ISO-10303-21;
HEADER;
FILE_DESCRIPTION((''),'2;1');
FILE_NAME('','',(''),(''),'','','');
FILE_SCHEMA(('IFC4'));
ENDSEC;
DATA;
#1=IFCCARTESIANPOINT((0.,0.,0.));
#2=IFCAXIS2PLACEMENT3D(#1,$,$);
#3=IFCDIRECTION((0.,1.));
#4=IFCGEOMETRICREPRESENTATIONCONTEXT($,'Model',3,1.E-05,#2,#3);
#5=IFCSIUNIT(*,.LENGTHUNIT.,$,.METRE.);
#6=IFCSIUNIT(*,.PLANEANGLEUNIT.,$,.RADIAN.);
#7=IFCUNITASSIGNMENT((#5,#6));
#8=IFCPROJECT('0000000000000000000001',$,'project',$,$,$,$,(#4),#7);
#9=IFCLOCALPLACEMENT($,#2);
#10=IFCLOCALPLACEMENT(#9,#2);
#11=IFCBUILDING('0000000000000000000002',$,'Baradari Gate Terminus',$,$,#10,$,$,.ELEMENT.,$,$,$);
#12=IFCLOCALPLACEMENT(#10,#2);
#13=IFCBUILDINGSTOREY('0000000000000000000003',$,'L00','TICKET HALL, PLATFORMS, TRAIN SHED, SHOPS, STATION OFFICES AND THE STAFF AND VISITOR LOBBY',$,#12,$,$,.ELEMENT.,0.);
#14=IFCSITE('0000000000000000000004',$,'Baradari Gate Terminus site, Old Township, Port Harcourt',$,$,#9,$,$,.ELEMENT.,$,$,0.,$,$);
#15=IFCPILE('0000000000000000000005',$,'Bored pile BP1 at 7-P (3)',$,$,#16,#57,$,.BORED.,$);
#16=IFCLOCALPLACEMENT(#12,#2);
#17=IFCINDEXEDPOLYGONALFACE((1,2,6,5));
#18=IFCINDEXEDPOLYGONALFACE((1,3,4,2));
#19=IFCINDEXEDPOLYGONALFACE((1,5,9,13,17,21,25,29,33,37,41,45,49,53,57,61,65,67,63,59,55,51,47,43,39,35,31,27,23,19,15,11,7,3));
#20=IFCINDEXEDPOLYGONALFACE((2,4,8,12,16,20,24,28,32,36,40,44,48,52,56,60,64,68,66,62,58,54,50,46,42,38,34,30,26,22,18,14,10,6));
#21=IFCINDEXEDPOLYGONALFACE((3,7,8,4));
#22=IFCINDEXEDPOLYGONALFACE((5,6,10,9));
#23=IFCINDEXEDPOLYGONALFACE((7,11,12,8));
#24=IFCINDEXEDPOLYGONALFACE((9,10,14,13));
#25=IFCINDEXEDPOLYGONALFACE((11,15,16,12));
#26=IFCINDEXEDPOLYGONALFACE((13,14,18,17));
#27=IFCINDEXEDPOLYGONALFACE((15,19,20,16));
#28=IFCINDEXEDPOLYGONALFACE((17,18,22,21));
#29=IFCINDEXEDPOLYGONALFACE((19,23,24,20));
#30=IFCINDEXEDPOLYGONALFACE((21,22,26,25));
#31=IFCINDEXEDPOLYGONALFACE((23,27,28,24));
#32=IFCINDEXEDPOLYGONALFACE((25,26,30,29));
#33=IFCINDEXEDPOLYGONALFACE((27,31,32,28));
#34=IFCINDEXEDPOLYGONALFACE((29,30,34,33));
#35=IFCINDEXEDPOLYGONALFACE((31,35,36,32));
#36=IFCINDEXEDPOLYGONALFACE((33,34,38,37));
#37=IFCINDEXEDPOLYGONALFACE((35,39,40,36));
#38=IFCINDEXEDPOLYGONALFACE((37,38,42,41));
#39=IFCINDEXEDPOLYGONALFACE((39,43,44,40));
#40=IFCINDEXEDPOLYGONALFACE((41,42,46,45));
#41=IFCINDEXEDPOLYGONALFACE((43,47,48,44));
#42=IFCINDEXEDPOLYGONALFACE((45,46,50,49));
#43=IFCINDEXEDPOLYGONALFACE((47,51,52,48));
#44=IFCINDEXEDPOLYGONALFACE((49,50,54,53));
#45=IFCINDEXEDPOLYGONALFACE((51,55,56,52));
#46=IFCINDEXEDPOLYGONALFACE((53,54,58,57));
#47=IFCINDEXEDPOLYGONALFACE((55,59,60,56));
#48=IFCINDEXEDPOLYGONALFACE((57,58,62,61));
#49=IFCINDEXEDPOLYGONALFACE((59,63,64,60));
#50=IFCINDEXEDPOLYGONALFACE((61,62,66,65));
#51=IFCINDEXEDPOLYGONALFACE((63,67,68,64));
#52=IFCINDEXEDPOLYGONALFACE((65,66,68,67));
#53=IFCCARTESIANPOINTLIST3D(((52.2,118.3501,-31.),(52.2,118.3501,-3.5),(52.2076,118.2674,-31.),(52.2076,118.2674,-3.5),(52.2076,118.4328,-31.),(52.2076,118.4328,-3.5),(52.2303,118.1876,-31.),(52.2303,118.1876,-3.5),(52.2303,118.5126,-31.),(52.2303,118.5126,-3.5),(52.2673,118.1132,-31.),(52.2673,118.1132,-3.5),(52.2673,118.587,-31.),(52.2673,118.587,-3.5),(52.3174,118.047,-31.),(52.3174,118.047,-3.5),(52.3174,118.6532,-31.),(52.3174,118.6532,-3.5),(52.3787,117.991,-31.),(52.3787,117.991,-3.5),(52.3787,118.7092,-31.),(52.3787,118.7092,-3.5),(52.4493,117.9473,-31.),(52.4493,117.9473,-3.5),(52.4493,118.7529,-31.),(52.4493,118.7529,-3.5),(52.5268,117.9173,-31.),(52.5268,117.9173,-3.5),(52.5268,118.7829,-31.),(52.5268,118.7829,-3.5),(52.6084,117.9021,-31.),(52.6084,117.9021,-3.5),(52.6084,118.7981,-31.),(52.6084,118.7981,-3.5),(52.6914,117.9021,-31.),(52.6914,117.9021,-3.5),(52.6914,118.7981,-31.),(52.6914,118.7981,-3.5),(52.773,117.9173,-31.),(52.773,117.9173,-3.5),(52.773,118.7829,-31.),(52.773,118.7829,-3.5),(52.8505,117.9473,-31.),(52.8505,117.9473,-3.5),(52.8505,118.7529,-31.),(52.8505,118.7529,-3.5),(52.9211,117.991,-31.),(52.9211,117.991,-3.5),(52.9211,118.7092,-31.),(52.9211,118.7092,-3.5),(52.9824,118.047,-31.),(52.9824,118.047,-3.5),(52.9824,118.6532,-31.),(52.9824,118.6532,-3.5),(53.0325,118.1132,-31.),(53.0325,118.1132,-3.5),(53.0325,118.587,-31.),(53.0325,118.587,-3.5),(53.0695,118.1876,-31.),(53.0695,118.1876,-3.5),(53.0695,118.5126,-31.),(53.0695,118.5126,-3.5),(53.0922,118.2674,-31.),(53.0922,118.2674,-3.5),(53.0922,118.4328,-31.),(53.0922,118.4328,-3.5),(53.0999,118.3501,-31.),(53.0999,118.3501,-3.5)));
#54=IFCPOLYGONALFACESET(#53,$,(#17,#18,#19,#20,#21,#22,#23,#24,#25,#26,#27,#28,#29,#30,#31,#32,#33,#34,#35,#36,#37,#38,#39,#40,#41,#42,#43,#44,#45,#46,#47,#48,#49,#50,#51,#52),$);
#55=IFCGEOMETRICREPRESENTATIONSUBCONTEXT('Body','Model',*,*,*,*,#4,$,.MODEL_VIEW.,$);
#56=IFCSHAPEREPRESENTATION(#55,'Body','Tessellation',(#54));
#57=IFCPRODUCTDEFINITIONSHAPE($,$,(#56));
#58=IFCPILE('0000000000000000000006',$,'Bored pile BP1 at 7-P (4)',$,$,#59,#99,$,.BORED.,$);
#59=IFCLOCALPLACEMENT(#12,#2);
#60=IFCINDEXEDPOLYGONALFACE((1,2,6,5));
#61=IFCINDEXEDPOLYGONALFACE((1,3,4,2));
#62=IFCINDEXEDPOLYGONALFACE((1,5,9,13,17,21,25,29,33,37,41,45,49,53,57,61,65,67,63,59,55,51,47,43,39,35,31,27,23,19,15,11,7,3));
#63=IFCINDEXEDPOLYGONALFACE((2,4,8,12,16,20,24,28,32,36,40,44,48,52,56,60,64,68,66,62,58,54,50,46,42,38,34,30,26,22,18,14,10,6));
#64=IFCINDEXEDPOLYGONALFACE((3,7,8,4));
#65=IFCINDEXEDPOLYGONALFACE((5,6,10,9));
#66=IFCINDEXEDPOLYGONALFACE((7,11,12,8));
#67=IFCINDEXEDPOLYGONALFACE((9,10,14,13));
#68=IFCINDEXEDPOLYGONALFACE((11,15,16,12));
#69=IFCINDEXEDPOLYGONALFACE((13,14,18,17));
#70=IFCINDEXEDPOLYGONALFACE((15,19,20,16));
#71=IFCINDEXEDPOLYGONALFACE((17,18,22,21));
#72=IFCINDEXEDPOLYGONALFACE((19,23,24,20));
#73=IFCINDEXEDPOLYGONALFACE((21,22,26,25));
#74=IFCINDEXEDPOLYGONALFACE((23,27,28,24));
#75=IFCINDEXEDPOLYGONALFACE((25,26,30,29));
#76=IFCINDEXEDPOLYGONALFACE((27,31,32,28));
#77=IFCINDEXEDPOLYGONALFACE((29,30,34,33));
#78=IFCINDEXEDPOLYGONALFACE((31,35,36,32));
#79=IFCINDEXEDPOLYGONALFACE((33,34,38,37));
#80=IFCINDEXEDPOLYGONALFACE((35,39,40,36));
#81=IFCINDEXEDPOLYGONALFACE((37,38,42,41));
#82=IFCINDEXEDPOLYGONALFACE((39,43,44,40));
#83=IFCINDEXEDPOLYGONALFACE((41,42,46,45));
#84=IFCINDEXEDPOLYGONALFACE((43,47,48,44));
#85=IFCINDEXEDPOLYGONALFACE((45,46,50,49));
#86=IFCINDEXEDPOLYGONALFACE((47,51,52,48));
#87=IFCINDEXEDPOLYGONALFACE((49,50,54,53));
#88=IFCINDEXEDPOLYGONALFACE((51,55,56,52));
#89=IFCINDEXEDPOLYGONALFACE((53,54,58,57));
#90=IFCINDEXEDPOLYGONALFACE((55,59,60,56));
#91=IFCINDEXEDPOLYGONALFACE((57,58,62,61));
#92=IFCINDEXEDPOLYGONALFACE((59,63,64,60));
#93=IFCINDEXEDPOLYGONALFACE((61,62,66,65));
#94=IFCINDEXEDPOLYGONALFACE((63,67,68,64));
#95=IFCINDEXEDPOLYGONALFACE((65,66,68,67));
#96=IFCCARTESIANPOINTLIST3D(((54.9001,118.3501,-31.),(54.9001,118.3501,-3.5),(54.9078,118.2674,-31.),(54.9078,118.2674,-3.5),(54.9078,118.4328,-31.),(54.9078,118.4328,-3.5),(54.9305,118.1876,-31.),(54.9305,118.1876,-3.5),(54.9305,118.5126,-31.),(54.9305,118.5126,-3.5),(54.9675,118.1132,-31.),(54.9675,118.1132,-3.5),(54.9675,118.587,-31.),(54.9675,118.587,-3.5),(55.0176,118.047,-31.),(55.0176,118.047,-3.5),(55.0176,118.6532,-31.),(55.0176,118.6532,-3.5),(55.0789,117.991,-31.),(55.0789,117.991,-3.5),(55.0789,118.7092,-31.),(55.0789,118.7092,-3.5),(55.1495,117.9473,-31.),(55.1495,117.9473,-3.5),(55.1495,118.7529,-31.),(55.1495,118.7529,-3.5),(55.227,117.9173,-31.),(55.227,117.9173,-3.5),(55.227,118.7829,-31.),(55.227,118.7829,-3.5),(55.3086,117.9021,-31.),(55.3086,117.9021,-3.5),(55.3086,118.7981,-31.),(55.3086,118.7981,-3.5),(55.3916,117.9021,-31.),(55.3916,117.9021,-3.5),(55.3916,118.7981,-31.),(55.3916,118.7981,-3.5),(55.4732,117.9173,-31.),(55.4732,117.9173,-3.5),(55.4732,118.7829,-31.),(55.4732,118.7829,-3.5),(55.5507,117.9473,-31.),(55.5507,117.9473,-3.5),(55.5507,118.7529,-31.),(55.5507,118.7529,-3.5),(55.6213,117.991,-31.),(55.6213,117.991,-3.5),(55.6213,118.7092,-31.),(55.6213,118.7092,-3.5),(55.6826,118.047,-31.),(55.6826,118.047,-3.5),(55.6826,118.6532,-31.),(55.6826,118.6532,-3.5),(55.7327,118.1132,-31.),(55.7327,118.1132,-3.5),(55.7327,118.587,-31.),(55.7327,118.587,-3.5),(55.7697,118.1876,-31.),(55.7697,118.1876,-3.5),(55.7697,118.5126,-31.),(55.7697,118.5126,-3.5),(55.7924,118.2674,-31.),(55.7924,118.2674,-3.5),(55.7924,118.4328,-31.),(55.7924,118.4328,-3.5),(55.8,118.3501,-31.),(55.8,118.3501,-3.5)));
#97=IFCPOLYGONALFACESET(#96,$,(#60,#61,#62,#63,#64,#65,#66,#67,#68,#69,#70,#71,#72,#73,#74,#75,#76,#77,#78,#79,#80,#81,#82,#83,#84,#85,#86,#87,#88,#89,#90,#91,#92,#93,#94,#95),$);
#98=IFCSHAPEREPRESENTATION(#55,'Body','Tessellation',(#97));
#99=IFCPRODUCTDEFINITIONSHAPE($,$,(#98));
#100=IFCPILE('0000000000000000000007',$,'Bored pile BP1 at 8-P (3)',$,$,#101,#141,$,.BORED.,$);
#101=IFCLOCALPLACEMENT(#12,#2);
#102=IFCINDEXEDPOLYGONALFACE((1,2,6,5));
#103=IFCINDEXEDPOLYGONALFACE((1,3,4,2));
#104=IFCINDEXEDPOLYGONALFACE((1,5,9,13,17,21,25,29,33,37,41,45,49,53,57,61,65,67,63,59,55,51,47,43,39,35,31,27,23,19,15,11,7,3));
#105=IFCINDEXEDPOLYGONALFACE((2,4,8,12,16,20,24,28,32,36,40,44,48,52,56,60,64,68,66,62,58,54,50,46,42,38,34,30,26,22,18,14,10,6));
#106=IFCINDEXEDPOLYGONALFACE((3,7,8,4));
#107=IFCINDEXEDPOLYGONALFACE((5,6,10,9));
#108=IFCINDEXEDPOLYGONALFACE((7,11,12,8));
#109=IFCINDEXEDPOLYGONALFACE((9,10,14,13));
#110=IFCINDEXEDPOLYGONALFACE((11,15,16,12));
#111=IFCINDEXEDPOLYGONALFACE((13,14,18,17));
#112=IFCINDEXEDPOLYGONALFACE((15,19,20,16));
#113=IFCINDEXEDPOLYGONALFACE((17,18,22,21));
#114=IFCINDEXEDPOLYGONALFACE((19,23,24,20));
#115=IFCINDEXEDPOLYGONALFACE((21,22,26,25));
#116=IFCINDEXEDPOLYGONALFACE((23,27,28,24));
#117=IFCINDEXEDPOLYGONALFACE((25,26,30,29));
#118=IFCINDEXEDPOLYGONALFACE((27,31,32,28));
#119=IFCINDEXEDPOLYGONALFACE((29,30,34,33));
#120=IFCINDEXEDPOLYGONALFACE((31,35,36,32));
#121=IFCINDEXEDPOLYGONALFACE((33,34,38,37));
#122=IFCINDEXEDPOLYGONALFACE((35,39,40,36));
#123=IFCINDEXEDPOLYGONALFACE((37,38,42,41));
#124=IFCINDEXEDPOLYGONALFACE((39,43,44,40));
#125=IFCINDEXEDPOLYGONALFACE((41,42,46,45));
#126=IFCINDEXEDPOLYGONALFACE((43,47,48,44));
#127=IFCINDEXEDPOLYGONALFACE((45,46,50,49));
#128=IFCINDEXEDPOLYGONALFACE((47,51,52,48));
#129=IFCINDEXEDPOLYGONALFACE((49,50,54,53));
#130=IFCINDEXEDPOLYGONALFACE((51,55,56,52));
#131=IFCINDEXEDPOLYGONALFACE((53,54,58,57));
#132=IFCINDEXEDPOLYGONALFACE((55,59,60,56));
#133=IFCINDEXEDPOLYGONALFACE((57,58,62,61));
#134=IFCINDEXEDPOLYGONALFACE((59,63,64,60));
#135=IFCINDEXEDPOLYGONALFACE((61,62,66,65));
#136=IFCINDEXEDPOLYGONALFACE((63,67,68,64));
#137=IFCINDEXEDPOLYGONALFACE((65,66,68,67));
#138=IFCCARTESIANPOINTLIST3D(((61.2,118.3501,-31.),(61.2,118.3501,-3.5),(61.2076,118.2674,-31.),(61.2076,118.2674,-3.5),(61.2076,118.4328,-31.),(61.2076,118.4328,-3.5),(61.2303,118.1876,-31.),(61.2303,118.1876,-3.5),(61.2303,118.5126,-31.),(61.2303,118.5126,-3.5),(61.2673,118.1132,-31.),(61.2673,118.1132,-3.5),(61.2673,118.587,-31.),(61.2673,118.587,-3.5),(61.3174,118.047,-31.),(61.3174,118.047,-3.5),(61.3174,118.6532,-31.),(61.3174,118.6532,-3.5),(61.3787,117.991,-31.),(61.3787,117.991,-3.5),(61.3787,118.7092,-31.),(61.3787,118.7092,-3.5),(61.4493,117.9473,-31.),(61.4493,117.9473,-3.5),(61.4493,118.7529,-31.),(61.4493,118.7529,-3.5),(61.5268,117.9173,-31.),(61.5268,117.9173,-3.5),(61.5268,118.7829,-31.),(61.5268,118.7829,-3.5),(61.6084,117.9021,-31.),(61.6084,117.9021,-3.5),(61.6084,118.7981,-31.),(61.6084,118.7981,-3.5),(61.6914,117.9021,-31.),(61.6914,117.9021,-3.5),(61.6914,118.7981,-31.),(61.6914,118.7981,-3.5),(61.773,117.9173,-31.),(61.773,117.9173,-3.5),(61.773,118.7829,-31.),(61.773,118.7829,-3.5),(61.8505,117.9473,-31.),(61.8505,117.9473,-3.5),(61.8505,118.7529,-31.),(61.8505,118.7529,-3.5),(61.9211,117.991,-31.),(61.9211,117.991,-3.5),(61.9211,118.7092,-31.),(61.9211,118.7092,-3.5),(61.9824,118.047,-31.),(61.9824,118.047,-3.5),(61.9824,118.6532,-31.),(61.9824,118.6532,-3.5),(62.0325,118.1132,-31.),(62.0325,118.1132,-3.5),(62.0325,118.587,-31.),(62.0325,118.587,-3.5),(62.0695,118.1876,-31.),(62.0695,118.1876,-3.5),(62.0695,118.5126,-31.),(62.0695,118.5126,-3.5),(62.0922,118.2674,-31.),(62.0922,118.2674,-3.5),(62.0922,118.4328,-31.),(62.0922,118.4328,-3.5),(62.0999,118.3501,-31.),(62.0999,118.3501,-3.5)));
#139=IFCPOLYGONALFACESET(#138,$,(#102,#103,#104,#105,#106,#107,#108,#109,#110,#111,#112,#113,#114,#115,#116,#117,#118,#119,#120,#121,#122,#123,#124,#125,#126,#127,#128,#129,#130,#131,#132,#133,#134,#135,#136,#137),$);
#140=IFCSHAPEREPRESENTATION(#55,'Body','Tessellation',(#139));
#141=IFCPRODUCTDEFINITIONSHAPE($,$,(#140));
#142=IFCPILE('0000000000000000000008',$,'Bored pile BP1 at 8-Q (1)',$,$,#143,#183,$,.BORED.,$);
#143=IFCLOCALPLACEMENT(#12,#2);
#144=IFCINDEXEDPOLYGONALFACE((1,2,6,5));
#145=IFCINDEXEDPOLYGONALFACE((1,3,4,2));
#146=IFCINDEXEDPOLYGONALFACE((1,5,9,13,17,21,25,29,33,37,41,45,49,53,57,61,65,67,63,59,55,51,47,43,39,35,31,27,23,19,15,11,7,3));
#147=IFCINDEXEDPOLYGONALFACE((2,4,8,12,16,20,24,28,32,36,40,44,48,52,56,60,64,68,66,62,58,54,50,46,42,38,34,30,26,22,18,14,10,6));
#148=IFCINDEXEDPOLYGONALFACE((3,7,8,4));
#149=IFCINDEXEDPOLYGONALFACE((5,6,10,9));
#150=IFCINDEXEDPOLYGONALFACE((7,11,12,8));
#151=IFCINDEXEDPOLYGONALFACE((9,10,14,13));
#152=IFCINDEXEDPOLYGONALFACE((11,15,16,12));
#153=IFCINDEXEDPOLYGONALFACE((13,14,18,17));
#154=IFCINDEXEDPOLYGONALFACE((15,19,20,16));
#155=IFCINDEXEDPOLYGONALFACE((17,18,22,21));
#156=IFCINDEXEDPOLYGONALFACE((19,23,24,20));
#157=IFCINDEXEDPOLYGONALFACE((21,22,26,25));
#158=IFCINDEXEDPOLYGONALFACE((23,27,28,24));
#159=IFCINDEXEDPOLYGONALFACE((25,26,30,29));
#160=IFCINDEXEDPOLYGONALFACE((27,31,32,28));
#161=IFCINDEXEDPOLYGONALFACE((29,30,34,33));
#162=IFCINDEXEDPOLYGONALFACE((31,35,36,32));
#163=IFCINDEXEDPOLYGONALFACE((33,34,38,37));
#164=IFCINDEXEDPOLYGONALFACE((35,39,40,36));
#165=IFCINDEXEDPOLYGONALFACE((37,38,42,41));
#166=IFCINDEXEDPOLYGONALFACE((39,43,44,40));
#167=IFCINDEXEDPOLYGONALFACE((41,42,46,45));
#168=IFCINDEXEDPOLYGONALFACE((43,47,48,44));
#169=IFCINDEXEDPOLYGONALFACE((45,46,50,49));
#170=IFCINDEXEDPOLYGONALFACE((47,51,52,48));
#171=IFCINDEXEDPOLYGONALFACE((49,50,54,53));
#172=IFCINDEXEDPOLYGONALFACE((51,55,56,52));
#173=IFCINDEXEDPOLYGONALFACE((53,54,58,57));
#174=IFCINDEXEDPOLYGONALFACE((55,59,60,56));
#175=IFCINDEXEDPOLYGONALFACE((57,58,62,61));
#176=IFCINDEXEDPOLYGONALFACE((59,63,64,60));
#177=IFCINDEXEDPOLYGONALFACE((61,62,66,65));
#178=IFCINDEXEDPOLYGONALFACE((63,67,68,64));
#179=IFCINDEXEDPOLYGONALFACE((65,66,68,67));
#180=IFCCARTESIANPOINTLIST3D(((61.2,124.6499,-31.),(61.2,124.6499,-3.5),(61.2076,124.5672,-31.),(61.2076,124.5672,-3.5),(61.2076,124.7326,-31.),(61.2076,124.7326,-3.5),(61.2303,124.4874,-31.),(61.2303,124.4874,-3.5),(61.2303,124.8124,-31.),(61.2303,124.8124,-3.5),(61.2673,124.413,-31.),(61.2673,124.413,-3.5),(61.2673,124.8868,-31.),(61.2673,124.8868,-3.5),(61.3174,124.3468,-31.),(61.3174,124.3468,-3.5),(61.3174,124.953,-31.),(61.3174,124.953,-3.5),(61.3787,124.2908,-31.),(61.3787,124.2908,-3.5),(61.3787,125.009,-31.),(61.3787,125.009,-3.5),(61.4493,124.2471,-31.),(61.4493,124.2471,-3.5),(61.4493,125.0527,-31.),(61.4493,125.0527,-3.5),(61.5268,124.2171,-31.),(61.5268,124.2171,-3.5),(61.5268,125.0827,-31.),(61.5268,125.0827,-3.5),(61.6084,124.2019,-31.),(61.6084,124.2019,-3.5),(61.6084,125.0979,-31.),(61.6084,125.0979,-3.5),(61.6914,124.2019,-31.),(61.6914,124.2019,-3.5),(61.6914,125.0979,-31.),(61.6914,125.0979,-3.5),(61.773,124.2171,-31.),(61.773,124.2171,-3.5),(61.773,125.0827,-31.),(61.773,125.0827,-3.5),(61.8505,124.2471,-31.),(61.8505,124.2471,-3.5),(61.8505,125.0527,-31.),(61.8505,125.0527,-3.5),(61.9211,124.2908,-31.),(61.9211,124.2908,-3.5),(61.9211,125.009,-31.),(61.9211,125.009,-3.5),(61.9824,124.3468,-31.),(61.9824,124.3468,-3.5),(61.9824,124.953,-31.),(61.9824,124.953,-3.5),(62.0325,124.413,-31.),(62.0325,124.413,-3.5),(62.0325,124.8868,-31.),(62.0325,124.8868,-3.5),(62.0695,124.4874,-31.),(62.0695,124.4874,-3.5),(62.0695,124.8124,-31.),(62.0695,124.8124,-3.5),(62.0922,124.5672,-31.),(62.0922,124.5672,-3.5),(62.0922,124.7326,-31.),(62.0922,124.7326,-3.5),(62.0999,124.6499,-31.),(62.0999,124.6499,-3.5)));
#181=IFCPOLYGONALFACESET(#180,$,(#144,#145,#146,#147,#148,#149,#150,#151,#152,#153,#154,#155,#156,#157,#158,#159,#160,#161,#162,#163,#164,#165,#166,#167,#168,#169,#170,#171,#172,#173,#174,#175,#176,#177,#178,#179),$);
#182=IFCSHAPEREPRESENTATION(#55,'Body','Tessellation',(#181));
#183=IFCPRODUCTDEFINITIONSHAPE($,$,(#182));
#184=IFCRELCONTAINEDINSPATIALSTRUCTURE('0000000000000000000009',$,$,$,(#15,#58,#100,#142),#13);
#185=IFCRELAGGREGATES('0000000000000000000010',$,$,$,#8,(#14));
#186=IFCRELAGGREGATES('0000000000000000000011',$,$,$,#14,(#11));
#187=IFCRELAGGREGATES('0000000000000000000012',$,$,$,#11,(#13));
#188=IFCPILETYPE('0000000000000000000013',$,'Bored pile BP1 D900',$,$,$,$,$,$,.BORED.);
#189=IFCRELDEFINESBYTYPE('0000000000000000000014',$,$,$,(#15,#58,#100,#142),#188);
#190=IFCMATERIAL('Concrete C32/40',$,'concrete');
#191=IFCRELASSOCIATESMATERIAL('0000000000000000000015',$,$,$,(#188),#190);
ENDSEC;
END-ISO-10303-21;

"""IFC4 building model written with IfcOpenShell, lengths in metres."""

from ifc_helpers import new_model, si_unit, direction, frame, origin, origin_2d, place, context, subcontext, project, spatial, circle, extrude, material, type_object, element, save


model = new_model("IFC4")

# Units and contexts
model_context = context("Model", 3, precision=1e-05, world=origin(), true_north=direction((0.0, 1.0)))
body_context = subcontext(model_context, "Body", "Model", "MODEL_VIEW")
ifc_project = project(units=[si_unit("LENGTHUNIT", "METRE"), si_unit("PLANEANGLEUNIT", "RADIAN")], contexts=[model_context])

# Site, building, storey
site_placement = place(None, origin())
site = spatial("IfcSite", under=ifc_project, at=site_placement, Name="Baradari Gate Terminus site, Old Township, Port Harcourt", CompositionType="ELEMENT", RefElevation=0.0)
building_placement = place(site_placement, origin())
building = spatial("IfcBuilding", under=site, at=building_placement, Name="Baradari Gate Terminus", CompositionType="ELEMENT")
storey_placement = place(building_placement, origin())
storey = spatial("IfcBuildingStorey", under=building, at=storey_placement, Name="L00", Description="TICKET HALL, PLATFORMS, TRAIN SHED, SHOPS, STATION OFFICES AND THE STAFF AND VISITOR LOBBY", CompositionType="ELEMENT", Elevation=0.0)

# Piles
ifc_material_1 = material(Name="Concrete C32/40", Category="concrete")
pile_type_1 = type_object("IfcPileType", Name="Bored pile BP1 D900", PredefinedType="BORED", material=ifc_material_1)
for number, where, z_axis, x_axis, name in (
    (1, (52.6499, 118.3501, -3.5), (0.0, 0.0, -1.0), (1.0, 0.0, 0.0), "Bored pile BP1 at 7-P (3)"),
    (2, (55.3501, 118.3501, -3.5), (0.0, 0.0, -1.0), (1.0, 0.0, 0.0), "Bored pile BP1 at 7-P (4)"),
    (3, (61.6499, 118.3501, -3.5), (0.0, 0.0, -1.0), (1.0, 0.0, 0.0), "Bored pile BP1 at 8-P (3)"),
    (4, (61.6499, 124.6499, -3.5), (0.0, 0.0, -1.0), (1.0, 0.0, 0.0), "Bored pile BP1 at 8-Q (1)"),
):
    element("IfcPile", number, at=place(storey_placement, frame(where, z_axis=z_axis, x_axis=x_axis)), inside=storey, type_object=pile_type_1, Name=name, PredefinedType="BORED", context=body_context, shape_type="SweptSolid", body=[
        extrude(circle(Radius=0.45, at=origin_2d()), origin(), (0.0, 0.0, 1.0), 27.5),
    ])

save(model, "model.ifc")
